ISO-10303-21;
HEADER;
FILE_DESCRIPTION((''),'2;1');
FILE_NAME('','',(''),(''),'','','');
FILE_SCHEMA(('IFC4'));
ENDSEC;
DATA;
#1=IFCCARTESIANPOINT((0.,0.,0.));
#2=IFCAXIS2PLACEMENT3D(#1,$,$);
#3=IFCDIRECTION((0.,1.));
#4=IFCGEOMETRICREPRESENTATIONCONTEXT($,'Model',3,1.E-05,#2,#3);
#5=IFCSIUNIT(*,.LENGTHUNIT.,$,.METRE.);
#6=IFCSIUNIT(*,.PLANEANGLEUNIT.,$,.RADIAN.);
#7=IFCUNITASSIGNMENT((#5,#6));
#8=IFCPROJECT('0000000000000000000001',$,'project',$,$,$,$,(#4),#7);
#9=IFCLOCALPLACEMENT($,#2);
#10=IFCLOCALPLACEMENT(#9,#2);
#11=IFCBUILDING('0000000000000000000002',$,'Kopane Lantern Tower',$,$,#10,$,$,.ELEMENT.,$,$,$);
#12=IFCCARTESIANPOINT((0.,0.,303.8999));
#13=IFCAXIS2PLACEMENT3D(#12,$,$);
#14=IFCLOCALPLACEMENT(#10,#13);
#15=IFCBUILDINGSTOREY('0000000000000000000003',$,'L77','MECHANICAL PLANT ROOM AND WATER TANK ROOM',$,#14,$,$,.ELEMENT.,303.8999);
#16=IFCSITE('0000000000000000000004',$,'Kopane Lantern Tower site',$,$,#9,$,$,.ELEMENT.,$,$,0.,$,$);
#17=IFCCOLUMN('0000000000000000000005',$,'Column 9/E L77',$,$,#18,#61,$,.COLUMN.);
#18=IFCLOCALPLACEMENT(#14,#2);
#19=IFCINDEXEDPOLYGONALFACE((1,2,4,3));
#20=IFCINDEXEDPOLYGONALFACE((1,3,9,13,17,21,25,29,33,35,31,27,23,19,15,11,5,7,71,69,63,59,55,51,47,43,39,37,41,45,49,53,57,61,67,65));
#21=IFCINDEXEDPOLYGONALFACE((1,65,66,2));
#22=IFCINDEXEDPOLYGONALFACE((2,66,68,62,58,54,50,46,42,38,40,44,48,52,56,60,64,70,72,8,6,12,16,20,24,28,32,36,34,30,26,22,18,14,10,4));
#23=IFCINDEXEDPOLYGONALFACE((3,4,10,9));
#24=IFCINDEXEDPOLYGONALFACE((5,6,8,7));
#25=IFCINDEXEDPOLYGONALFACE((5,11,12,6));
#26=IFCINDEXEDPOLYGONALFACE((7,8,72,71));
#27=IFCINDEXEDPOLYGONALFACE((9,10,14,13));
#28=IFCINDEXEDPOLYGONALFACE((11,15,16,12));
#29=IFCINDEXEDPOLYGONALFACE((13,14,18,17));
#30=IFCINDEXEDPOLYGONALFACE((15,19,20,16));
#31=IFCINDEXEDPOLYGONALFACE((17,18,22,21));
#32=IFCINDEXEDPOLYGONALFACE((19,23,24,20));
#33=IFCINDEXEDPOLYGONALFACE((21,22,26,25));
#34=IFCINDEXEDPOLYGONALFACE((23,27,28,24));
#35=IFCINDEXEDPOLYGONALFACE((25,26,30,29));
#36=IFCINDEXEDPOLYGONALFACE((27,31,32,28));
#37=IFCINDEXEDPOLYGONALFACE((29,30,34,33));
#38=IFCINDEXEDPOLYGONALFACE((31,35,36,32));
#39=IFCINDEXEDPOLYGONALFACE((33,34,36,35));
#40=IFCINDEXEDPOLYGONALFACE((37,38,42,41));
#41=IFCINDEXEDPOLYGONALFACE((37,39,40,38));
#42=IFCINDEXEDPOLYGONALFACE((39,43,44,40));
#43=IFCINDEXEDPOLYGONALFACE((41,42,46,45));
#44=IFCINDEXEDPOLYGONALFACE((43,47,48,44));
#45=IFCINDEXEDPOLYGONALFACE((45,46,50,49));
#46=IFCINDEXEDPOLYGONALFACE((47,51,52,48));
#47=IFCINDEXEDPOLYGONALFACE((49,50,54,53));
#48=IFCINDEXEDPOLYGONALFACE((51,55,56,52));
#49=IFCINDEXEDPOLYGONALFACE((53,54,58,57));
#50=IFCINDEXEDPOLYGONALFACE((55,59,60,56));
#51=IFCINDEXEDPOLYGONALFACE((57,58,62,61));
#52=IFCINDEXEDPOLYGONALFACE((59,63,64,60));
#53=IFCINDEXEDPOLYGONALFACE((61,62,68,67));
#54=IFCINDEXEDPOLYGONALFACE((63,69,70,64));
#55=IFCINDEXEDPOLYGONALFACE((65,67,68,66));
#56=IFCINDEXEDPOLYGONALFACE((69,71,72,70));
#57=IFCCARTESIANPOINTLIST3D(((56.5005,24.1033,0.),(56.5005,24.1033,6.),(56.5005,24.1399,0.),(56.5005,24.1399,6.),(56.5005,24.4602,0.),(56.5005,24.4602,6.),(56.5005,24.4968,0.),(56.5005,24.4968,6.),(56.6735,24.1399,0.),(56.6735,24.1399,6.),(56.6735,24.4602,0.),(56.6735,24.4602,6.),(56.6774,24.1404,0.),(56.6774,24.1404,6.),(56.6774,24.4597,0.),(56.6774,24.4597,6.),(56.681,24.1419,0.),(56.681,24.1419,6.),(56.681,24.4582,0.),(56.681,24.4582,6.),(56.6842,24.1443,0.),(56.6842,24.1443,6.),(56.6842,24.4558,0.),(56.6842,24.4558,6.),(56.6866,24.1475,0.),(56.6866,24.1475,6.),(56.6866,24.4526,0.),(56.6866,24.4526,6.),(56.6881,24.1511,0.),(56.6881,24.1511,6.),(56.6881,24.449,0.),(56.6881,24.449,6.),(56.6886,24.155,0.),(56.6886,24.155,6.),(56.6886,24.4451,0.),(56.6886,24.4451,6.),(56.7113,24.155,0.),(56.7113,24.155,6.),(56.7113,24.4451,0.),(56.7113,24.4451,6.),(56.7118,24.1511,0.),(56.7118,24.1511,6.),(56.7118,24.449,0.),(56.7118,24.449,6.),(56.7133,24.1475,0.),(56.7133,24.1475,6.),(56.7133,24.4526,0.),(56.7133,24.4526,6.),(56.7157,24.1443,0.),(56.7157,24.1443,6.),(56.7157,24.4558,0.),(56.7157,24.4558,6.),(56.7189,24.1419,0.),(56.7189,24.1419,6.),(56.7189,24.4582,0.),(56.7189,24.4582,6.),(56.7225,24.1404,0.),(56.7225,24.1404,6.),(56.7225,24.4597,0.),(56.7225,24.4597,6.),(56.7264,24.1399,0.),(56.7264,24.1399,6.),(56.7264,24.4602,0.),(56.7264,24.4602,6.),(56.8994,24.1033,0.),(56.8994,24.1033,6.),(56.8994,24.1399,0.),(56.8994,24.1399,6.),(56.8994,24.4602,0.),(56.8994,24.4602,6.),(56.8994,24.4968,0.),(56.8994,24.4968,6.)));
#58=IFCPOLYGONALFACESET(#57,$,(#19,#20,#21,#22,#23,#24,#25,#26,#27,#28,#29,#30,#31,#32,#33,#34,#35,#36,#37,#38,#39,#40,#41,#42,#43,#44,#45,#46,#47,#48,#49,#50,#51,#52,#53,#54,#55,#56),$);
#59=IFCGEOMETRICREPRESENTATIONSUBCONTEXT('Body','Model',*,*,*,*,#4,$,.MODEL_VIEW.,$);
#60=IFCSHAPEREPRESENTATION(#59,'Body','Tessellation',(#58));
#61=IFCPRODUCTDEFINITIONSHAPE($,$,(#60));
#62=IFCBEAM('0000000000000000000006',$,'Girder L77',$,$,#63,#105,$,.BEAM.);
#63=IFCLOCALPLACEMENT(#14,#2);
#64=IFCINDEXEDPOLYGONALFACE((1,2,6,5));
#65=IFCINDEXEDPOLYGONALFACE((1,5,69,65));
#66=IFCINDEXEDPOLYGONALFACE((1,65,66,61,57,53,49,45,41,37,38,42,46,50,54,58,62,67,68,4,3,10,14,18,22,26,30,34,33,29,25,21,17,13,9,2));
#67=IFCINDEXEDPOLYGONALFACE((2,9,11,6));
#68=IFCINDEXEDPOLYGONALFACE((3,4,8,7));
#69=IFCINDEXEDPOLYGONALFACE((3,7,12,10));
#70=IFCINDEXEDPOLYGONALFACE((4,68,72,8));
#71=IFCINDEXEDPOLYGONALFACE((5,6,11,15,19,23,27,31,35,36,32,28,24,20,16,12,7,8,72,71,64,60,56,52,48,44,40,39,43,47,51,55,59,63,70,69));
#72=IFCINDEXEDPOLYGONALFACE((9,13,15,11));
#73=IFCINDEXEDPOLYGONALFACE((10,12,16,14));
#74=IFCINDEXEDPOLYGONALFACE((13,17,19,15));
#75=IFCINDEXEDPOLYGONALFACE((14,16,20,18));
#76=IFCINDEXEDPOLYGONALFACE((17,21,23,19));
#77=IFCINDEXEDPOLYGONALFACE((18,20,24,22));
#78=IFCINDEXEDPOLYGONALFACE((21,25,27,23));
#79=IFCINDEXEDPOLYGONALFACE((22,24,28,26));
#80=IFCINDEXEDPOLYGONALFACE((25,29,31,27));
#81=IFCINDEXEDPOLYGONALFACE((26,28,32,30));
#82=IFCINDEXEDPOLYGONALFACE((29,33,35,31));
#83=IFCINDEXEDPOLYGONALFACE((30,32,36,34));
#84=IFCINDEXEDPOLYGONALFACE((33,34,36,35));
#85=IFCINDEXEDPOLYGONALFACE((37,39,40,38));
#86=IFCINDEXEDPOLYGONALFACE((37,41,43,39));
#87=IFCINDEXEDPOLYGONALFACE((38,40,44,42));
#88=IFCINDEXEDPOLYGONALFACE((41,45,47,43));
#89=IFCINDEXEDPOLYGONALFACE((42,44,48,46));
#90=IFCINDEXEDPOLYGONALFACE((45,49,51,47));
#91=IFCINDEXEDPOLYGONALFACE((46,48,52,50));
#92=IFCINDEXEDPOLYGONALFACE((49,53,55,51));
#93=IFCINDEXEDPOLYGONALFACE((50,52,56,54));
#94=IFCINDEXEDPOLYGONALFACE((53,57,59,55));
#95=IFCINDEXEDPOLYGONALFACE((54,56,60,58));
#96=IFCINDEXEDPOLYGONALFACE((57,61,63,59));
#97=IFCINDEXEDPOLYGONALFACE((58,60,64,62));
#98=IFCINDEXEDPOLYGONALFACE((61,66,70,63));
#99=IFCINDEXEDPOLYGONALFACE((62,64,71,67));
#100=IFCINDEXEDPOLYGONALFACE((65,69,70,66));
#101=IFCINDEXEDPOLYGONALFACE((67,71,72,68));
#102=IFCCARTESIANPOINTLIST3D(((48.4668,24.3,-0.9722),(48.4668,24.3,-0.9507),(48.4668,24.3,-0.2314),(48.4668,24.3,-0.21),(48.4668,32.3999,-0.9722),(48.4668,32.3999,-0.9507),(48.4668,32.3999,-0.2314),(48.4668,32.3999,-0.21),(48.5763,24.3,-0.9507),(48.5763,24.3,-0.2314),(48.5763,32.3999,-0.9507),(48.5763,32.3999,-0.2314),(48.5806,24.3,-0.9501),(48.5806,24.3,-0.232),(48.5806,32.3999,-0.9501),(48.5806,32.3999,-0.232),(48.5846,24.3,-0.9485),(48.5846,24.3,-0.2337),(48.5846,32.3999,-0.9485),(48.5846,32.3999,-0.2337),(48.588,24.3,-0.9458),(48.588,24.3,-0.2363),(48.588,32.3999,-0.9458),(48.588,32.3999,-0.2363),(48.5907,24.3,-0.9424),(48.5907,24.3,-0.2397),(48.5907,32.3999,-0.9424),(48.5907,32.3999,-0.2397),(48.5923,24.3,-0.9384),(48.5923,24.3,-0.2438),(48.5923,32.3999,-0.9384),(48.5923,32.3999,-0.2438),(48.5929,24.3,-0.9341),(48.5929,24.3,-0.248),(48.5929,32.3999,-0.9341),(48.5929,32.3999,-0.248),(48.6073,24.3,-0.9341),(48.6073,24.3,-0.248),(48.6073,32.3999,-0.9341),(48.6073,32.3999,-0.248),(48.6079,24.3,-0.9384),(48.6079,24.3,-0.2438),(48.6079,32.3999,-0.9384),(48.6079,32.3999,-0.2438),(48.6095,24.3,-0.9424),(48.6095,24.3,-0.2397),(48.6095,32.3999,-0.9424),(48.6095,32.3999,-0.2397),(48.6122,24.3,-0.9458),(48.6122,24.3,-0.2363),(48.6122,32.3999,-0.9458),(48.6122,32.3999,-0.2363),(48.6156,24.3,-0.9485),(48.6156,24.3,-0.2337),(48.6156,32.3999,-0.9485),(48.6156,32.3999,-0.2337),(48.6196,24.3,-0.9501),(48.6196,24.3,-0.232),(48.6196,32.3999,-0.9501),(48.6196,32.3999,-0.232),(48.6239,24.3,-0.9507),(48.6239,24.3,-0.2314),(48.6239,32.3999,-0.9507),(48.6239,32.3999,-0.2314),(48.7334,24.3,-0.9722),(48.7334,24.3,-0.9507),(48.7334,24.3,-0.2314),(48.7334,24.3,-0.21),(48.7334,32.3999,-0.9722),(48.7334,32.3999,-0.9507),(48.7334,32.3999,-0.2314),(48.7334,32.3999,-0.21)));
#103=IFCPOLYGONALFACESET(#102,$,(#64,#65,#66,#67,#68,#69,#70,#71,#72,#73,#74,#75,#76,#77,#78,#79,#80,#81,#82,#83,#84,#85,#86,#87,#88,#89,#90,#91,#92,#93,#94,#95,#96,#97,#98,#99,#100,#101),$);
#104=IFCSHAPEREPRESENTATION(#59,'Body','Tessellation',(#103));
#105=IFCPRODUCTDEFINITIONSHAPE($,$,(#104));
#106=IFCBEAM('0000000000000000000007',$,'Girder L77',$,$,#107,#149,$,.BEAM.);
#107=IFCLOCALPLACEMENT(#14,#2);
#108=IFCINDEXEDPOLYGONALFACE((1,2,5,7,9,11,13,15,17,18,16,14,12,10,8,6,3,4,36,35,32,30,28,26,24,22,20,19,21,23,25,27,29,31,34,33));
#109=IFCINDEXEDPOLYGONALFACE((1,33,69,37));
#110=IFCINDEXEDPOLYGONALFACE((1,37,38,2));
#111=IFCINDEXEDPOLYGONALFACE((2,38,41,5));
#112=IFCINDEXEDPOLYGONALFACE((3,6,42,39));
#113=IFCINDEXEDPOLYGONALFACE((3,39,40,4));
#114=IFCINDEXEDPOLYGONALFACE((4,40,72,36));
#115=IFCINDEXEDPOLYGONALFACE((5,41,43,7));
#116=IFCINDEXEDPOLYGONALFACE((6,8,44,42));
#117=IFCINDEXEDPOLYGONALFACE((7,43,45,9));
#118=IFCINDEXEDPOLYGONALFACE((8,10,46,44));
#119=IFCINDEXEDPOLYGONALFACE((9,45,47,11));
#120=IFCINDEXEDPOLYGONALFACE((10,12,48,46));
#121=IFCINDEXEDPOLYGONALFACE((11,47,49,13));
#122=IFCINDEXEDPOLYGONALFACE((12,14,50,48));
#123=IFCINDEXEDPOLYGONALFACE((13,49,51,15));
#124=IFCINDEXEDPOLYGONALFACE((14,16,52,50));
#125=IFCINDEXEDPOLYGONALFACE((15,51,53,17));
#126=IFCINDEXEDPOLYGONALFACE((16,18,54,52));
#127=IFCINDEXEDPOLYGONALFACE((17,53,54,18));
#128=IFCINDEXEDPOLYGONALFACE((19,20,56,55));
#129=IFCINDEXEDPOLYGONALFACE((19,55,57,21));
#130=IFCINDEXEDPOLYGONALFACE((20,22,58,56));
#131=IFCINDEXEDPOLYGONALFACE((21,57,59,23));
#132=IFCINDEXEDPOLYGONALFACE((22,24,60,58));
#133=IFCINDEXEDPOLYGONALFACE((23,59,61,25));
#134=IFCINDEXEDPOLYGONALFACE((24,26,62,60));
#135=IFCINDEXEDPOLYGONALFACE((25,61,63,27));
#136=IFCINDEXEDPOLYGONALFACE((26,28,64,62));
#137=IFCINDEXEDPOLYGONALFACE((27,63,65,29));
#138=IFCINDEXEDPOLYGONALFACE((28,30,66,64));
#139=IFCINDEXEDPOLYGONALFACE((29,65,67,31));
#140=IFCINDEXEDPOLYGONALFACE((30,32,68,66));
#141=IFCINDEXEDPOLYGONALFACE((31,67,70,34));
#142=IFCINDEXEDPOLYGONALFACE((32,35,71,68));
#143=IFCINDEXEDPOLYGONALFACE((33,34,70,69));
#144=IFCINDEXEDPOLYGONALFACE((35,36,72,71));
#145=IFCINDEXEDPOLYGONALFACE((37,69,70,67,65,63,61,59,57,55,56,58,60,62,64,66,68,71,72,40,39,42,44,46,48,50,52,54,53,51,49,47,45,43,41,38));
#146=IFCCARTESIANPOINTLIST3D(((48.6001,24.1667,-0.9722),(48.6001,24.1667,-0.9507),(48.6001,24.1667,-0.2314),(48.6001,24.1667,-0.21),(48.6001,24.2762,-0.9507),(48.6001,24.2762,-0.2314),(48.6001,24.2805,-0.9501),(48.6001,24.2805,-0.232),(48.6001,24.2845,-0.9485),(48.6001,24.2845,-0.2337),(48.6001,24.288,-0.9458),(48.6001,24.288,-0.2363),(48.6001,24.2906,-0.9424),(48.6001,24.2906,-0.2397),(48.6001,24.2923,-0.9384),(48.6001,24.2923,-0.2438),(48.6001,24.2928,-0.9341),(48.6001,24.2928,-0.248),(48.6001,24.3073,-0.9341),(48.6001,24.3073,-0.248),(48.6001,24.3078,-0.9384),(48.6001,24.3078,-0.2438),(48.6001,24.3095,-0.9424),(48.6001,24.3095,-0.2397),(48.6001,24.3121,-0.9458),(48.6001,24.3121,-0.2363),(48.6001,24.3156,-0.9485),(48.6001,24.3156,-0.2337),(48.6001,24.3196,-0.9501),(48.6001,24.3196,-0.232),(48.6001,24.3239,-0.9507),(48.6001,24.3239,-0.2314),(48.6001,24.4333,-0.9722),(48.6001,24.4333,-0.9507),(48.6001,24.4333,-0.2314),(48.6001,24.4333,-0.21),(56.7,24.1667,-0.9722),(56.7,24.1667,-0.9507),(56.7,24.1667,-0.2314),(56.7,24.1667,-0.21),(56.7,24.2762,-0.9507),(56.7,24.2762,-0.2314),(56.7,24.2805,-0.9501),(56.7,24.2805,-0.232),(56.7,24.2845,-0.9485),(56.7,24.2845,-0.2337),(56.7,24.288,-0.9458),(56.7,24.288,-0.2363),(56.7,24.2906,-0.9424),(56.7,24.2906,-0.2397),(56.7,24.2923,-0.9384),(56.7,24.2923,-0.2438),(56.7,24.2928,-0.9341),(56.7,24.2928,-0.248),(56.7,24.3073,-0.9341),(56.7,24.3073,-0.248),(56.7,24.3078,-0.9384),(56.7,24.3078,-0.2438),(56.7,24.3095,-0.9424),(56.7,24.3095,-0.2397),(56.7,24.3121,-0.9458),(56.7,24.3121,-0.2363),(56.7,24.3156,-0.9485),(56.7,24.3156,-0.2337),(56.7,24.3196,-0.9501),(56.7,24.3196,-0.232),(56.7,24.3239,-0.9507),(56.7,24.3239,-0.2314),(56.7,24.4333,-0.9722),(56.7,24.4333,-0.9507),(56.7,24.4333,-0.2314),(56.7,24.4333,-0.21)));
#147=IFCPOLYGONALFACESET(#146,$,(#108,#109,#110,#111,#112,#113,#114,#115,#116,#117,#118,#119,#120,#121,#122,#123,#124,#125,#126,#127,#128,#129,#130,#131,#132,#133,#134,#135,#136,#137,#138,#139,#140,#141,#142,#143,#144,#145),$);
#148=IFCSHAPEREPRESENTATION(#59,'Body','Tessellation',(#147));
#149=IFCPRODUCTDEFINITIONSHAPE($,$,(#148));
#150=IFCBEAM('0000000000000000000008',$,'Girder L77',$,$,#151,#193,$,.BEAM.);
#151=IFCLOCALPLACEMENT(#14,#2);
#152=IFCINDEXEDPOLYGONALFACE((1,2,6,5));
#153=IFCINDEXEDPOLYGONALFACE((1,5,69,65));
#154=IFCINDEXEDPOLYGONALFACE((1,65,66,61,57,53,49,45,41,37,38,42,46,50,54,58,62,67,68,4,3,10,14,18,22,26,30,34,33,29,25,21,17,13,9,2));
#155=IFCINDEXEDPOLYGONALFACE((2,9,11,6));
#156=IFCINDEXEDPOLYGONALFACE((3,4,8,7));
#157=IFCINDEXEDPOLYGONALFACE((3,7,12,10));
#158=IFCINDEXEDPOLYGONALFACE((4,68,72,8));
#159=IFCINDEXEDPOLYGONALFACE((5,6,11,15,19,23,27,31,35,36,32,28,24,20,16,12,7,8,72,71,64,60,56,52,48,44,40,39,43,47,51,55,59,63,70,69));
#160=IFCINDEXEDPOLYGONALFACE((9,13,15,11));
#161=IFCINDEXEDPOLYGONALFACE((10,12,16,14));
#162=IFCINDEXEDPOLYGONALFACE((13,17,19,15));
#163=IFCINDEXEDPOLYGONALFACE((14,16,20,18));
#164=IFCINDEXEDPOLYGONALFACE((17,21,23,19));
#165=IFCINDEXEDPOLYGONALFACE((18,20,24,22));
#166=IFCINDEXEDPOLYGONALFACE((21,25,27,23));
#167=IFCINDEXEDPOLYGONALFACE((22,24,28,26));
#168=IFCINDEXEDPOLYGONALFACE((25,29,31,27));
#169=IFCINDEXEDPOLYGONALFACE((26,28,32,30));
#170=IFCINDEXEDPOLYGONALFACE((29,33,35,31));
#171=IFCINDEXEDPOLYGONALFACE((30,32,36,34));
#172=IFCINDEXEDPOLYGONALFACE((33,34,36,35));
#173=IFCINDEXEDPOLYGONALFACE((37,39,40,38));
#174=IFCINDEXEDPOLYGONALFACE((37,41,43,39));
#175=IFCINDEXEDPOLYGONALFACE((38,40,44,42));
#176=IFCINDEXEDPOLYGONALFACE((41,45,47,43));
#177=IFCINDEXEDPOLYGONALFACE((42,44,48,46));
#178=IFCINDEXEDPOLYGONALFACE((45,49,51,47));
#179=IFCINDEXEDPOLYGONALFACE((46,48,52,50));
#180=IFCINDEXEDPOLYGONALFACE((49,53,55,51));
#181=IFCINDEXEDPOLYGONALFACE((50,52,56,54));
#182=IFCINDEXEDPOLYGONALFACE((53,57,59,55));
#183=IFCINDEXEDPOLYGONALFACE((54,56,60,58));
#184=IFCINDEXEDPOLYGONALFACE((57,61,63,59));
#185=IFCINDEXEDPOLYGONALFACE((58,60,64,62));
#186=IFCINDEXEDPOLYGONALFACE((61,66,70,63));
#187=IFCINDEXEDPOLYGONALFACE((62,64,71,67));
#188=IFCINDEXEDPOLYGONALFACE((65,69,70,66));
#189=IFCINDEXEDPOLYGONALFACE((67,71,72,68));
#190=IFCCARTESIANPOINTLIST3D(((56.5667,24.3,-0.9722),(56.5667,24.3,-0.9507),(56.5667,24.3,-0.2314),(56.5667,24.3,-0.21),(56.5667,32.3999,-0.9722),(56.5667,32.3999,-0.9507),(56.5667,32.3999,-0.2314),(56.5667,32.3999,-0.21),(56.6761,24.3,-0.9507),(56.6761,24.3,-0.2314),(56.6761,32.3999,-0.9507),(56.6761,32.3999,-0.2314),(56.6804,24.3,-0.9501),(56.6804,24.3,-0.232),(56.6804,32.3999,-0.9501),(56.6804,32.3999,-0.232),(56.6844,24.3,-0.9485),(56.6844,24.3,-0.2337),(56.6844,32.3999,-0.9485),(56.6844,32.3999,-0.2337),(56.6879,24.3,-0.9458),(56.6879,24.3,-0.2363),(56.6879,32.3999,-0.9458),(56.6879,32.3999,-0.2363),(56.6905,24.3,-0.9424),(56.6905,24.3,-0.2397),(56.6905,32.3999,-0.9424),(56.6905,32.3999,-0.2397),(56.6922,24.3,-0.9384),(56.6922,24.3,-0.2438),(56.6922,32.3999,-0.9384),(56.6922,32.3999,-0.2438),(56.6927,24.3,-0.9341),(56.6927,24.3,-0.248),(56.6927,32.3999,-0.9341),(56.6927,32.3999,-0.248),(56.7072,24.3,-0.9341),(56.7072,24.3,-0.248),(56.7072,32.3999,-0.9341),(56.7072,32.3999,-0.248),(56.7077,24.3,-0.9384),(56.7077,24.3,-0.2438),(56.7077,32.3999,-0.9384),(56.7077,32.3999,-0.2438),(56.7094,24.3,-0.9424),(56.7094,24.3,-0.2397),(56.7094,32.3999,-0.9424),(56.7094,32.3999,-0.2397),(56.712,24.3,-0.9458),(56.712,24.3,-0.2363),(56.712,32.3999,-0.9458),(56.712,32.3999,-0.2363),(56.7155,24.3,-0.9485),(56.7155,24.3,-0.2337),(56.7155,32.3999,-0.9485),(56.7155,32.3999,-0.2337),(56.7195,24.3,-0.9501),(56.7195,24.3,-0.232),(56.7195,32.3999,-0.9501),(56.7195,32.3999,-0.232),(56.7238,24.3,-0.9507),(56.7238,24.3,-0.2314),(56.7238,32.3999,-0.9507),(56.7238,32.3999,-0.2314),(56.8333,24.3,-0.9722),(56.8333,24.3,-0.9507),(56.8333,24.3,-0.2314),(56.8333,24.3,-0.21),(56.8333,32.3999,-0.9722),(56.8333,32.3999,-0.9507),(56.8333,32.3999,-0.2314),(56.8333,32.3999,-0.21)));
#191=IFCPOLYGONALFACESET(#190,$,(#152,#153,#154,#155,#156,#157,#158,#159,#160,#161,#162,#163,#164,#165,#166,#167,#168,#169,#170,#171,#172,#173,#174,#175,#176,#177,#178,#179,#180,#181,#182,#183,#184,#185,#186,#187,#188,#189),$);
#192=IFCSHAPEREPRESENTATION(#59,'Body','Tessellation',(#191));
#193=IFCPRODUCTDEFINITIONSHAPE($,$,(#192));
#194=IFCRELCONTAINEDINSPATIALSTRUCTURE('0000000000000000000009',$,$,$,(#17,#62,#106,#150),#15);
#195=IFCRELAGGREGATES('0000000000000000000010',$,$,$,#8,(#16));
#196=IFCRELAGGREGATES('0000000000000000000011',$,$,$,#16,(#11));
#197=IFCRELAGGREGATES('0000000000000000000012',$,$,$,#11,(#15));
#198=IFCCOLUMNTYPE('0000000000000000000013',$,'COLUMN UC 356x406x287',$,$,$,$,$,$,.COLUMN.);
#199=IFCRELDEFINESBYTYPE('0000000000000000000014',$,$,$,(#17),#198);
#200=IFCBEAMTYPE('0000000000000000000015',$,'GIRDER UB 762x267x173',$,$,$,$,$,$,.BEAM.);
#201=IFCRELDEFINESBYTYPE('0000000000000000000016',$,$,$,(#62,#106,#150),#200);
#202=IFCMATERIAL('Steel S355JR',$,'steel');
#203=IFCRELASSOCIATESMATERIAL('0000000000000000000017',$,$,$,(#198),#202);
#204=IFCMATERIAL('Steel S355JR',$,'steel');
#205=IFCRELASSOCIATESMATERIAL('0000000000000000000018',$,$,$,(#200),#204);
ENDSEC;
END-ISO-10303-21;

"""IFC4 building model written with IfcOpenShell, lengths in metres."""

from ifc_helpers import new_model, si_unit, direction, frame, origin, origin_2d, place, context, subcontext, project, spatial, i_section, extrude, material, material_profile, profile_set, type_object, element, save


model = new_model("IFC4")

# Units and contexts
model_context = context("Model", 3, precision=1e-05, world=origin(), true_north=direction((0.0, 1.0)))
body_context = subcontext(model_context, "Body", "Model", "MODEL_VIEW")
ifc_project = project(units=[si_unit("LENGTHUNIT", "METRE"), si_unit("PLANEANGLEUNIT", "RADIAN")], contexts=[model_context])

# Site, building, storey
site_placement = place(None, origin())
site = spatial("IfcSite", under=ifc_project, at=site_placement, Name="Kopane Lantern Tower site", CompositionType="ELEMENT", RefElevation=0.0)
building_placement = place(site_placement, origin())
building = spatial("IfcBuilding", under=site, at=building_placement, Name="Kopane Lantern Tower", CompositionType="ELEMENT")
storey_placement = place(building_placement, frame((0.0, 0.0, 303.8999)))
storey = spatial("IfcBuildingStorey", under=building, at=storey_placement, Name="L77", Description="MECHANICAL PLANT ROOM AND WATER TANK ROOM", CompositionType="ELEMENT", Elevation=303.8999)

# Column
ifc_material_1 = material(Name="Steel S355JR", Category="steel")
ifc_material_profile_1 = material_profile(ifc_material_1, i_section(OverallWidth=0.3989, OverallDepth=0.3936, WebThickness=0.0227, FlangeThickness=0.0366, FilletRadius=0.0151, at=origin_2d()), Name="UC 356x406x287")
ifc_profile_set_1 = profile_set([ifc_material_profile_1], Name="Steel S355JR")
column_type = type_object("IfcColumnType", Name="COLUMN UC 356x406x287", PredefinedType="COLUMN", material=ifc_profile_set_1)
column_placement = place(storey_placement, frame((56.7, 24.3, 0.0), z_axis=(0.0, 0.0, 1.0), x_axis=(1.0, 0.0, 0.0)))
element("IfcColumn", 1, at=column_placement, inside=storey, type_object=column_type, Name="Column 9/E L77", PredefinedType="COLUMN", context=body_context, shape_type="SweptSolid", body=[
    extrude(i_section(OverallWidth=0.3989, OverallDepth=0.3936, WebThickness=0.0227, FlangeThickness=0.0366, FilletRadius=0.0151, at=origin_2d()), origin(), (0.0, 0.0, 1.0), 6.0),
])

# Beams
ifc_material_2 = material(Name="Steel S355JR", Category="steel")
ifc_material_profile_2 = material_profile(ifc_material_2, i_section(OverallWidth=0.2666, OverallDepth=0.7622, WebThickness=0.0144, FlangeThickness=0.0215, FilletRadius=0.0166, at=origin_2d()), Name="UB 762x267x173")
ifc_profile_set_2 = profile_set([ifc_material_profile_2], Name="Steel S355JR")
beam_type_1 = type_object("IfcBeamType", Name="GIRDER UB 762x267x173", PredefinedType="BEAM", material=ifc_profile_set_2)
for number, where, z_axis, x_axis, name in (
    (2, (48.6001, 24.3, -0.5911), (0.0, 1.0, 0.0), (-1.0, 0.0, 0.0), "Girder L77"),
    (3, (48.6001, 24.3, -0.5911), (1.0, 0.0, 0.0), (0.0, 1.0, 0.0), "Girder L77"),
    (4, (56.7, 24.3, -0.5911), (0.0, 1.0, 0.0), (-1.0, 0.0, 0.0), "Girder L77"),
):
    element("IfcBeam", number, at=place(storey_placement, frame(where, z_axis=z_axis, x_axis=x_axis)), inside=storey, type_object=beam_type_1, Name=name, PredefinedType="BEAM", context=body_context, shape_type="SweptSolid", body=[
        extrude(i_section(OverallWidth=0.2666, OverallDepth=0.7622, WebThickness=0.0144, FlangeThickness=0.0215, FilletRadius=0.0166, at=origin_2d()), origin(), (0.0, 0.0, 1.0), 8.0999),
    ])

save(model, "model.ifc")
